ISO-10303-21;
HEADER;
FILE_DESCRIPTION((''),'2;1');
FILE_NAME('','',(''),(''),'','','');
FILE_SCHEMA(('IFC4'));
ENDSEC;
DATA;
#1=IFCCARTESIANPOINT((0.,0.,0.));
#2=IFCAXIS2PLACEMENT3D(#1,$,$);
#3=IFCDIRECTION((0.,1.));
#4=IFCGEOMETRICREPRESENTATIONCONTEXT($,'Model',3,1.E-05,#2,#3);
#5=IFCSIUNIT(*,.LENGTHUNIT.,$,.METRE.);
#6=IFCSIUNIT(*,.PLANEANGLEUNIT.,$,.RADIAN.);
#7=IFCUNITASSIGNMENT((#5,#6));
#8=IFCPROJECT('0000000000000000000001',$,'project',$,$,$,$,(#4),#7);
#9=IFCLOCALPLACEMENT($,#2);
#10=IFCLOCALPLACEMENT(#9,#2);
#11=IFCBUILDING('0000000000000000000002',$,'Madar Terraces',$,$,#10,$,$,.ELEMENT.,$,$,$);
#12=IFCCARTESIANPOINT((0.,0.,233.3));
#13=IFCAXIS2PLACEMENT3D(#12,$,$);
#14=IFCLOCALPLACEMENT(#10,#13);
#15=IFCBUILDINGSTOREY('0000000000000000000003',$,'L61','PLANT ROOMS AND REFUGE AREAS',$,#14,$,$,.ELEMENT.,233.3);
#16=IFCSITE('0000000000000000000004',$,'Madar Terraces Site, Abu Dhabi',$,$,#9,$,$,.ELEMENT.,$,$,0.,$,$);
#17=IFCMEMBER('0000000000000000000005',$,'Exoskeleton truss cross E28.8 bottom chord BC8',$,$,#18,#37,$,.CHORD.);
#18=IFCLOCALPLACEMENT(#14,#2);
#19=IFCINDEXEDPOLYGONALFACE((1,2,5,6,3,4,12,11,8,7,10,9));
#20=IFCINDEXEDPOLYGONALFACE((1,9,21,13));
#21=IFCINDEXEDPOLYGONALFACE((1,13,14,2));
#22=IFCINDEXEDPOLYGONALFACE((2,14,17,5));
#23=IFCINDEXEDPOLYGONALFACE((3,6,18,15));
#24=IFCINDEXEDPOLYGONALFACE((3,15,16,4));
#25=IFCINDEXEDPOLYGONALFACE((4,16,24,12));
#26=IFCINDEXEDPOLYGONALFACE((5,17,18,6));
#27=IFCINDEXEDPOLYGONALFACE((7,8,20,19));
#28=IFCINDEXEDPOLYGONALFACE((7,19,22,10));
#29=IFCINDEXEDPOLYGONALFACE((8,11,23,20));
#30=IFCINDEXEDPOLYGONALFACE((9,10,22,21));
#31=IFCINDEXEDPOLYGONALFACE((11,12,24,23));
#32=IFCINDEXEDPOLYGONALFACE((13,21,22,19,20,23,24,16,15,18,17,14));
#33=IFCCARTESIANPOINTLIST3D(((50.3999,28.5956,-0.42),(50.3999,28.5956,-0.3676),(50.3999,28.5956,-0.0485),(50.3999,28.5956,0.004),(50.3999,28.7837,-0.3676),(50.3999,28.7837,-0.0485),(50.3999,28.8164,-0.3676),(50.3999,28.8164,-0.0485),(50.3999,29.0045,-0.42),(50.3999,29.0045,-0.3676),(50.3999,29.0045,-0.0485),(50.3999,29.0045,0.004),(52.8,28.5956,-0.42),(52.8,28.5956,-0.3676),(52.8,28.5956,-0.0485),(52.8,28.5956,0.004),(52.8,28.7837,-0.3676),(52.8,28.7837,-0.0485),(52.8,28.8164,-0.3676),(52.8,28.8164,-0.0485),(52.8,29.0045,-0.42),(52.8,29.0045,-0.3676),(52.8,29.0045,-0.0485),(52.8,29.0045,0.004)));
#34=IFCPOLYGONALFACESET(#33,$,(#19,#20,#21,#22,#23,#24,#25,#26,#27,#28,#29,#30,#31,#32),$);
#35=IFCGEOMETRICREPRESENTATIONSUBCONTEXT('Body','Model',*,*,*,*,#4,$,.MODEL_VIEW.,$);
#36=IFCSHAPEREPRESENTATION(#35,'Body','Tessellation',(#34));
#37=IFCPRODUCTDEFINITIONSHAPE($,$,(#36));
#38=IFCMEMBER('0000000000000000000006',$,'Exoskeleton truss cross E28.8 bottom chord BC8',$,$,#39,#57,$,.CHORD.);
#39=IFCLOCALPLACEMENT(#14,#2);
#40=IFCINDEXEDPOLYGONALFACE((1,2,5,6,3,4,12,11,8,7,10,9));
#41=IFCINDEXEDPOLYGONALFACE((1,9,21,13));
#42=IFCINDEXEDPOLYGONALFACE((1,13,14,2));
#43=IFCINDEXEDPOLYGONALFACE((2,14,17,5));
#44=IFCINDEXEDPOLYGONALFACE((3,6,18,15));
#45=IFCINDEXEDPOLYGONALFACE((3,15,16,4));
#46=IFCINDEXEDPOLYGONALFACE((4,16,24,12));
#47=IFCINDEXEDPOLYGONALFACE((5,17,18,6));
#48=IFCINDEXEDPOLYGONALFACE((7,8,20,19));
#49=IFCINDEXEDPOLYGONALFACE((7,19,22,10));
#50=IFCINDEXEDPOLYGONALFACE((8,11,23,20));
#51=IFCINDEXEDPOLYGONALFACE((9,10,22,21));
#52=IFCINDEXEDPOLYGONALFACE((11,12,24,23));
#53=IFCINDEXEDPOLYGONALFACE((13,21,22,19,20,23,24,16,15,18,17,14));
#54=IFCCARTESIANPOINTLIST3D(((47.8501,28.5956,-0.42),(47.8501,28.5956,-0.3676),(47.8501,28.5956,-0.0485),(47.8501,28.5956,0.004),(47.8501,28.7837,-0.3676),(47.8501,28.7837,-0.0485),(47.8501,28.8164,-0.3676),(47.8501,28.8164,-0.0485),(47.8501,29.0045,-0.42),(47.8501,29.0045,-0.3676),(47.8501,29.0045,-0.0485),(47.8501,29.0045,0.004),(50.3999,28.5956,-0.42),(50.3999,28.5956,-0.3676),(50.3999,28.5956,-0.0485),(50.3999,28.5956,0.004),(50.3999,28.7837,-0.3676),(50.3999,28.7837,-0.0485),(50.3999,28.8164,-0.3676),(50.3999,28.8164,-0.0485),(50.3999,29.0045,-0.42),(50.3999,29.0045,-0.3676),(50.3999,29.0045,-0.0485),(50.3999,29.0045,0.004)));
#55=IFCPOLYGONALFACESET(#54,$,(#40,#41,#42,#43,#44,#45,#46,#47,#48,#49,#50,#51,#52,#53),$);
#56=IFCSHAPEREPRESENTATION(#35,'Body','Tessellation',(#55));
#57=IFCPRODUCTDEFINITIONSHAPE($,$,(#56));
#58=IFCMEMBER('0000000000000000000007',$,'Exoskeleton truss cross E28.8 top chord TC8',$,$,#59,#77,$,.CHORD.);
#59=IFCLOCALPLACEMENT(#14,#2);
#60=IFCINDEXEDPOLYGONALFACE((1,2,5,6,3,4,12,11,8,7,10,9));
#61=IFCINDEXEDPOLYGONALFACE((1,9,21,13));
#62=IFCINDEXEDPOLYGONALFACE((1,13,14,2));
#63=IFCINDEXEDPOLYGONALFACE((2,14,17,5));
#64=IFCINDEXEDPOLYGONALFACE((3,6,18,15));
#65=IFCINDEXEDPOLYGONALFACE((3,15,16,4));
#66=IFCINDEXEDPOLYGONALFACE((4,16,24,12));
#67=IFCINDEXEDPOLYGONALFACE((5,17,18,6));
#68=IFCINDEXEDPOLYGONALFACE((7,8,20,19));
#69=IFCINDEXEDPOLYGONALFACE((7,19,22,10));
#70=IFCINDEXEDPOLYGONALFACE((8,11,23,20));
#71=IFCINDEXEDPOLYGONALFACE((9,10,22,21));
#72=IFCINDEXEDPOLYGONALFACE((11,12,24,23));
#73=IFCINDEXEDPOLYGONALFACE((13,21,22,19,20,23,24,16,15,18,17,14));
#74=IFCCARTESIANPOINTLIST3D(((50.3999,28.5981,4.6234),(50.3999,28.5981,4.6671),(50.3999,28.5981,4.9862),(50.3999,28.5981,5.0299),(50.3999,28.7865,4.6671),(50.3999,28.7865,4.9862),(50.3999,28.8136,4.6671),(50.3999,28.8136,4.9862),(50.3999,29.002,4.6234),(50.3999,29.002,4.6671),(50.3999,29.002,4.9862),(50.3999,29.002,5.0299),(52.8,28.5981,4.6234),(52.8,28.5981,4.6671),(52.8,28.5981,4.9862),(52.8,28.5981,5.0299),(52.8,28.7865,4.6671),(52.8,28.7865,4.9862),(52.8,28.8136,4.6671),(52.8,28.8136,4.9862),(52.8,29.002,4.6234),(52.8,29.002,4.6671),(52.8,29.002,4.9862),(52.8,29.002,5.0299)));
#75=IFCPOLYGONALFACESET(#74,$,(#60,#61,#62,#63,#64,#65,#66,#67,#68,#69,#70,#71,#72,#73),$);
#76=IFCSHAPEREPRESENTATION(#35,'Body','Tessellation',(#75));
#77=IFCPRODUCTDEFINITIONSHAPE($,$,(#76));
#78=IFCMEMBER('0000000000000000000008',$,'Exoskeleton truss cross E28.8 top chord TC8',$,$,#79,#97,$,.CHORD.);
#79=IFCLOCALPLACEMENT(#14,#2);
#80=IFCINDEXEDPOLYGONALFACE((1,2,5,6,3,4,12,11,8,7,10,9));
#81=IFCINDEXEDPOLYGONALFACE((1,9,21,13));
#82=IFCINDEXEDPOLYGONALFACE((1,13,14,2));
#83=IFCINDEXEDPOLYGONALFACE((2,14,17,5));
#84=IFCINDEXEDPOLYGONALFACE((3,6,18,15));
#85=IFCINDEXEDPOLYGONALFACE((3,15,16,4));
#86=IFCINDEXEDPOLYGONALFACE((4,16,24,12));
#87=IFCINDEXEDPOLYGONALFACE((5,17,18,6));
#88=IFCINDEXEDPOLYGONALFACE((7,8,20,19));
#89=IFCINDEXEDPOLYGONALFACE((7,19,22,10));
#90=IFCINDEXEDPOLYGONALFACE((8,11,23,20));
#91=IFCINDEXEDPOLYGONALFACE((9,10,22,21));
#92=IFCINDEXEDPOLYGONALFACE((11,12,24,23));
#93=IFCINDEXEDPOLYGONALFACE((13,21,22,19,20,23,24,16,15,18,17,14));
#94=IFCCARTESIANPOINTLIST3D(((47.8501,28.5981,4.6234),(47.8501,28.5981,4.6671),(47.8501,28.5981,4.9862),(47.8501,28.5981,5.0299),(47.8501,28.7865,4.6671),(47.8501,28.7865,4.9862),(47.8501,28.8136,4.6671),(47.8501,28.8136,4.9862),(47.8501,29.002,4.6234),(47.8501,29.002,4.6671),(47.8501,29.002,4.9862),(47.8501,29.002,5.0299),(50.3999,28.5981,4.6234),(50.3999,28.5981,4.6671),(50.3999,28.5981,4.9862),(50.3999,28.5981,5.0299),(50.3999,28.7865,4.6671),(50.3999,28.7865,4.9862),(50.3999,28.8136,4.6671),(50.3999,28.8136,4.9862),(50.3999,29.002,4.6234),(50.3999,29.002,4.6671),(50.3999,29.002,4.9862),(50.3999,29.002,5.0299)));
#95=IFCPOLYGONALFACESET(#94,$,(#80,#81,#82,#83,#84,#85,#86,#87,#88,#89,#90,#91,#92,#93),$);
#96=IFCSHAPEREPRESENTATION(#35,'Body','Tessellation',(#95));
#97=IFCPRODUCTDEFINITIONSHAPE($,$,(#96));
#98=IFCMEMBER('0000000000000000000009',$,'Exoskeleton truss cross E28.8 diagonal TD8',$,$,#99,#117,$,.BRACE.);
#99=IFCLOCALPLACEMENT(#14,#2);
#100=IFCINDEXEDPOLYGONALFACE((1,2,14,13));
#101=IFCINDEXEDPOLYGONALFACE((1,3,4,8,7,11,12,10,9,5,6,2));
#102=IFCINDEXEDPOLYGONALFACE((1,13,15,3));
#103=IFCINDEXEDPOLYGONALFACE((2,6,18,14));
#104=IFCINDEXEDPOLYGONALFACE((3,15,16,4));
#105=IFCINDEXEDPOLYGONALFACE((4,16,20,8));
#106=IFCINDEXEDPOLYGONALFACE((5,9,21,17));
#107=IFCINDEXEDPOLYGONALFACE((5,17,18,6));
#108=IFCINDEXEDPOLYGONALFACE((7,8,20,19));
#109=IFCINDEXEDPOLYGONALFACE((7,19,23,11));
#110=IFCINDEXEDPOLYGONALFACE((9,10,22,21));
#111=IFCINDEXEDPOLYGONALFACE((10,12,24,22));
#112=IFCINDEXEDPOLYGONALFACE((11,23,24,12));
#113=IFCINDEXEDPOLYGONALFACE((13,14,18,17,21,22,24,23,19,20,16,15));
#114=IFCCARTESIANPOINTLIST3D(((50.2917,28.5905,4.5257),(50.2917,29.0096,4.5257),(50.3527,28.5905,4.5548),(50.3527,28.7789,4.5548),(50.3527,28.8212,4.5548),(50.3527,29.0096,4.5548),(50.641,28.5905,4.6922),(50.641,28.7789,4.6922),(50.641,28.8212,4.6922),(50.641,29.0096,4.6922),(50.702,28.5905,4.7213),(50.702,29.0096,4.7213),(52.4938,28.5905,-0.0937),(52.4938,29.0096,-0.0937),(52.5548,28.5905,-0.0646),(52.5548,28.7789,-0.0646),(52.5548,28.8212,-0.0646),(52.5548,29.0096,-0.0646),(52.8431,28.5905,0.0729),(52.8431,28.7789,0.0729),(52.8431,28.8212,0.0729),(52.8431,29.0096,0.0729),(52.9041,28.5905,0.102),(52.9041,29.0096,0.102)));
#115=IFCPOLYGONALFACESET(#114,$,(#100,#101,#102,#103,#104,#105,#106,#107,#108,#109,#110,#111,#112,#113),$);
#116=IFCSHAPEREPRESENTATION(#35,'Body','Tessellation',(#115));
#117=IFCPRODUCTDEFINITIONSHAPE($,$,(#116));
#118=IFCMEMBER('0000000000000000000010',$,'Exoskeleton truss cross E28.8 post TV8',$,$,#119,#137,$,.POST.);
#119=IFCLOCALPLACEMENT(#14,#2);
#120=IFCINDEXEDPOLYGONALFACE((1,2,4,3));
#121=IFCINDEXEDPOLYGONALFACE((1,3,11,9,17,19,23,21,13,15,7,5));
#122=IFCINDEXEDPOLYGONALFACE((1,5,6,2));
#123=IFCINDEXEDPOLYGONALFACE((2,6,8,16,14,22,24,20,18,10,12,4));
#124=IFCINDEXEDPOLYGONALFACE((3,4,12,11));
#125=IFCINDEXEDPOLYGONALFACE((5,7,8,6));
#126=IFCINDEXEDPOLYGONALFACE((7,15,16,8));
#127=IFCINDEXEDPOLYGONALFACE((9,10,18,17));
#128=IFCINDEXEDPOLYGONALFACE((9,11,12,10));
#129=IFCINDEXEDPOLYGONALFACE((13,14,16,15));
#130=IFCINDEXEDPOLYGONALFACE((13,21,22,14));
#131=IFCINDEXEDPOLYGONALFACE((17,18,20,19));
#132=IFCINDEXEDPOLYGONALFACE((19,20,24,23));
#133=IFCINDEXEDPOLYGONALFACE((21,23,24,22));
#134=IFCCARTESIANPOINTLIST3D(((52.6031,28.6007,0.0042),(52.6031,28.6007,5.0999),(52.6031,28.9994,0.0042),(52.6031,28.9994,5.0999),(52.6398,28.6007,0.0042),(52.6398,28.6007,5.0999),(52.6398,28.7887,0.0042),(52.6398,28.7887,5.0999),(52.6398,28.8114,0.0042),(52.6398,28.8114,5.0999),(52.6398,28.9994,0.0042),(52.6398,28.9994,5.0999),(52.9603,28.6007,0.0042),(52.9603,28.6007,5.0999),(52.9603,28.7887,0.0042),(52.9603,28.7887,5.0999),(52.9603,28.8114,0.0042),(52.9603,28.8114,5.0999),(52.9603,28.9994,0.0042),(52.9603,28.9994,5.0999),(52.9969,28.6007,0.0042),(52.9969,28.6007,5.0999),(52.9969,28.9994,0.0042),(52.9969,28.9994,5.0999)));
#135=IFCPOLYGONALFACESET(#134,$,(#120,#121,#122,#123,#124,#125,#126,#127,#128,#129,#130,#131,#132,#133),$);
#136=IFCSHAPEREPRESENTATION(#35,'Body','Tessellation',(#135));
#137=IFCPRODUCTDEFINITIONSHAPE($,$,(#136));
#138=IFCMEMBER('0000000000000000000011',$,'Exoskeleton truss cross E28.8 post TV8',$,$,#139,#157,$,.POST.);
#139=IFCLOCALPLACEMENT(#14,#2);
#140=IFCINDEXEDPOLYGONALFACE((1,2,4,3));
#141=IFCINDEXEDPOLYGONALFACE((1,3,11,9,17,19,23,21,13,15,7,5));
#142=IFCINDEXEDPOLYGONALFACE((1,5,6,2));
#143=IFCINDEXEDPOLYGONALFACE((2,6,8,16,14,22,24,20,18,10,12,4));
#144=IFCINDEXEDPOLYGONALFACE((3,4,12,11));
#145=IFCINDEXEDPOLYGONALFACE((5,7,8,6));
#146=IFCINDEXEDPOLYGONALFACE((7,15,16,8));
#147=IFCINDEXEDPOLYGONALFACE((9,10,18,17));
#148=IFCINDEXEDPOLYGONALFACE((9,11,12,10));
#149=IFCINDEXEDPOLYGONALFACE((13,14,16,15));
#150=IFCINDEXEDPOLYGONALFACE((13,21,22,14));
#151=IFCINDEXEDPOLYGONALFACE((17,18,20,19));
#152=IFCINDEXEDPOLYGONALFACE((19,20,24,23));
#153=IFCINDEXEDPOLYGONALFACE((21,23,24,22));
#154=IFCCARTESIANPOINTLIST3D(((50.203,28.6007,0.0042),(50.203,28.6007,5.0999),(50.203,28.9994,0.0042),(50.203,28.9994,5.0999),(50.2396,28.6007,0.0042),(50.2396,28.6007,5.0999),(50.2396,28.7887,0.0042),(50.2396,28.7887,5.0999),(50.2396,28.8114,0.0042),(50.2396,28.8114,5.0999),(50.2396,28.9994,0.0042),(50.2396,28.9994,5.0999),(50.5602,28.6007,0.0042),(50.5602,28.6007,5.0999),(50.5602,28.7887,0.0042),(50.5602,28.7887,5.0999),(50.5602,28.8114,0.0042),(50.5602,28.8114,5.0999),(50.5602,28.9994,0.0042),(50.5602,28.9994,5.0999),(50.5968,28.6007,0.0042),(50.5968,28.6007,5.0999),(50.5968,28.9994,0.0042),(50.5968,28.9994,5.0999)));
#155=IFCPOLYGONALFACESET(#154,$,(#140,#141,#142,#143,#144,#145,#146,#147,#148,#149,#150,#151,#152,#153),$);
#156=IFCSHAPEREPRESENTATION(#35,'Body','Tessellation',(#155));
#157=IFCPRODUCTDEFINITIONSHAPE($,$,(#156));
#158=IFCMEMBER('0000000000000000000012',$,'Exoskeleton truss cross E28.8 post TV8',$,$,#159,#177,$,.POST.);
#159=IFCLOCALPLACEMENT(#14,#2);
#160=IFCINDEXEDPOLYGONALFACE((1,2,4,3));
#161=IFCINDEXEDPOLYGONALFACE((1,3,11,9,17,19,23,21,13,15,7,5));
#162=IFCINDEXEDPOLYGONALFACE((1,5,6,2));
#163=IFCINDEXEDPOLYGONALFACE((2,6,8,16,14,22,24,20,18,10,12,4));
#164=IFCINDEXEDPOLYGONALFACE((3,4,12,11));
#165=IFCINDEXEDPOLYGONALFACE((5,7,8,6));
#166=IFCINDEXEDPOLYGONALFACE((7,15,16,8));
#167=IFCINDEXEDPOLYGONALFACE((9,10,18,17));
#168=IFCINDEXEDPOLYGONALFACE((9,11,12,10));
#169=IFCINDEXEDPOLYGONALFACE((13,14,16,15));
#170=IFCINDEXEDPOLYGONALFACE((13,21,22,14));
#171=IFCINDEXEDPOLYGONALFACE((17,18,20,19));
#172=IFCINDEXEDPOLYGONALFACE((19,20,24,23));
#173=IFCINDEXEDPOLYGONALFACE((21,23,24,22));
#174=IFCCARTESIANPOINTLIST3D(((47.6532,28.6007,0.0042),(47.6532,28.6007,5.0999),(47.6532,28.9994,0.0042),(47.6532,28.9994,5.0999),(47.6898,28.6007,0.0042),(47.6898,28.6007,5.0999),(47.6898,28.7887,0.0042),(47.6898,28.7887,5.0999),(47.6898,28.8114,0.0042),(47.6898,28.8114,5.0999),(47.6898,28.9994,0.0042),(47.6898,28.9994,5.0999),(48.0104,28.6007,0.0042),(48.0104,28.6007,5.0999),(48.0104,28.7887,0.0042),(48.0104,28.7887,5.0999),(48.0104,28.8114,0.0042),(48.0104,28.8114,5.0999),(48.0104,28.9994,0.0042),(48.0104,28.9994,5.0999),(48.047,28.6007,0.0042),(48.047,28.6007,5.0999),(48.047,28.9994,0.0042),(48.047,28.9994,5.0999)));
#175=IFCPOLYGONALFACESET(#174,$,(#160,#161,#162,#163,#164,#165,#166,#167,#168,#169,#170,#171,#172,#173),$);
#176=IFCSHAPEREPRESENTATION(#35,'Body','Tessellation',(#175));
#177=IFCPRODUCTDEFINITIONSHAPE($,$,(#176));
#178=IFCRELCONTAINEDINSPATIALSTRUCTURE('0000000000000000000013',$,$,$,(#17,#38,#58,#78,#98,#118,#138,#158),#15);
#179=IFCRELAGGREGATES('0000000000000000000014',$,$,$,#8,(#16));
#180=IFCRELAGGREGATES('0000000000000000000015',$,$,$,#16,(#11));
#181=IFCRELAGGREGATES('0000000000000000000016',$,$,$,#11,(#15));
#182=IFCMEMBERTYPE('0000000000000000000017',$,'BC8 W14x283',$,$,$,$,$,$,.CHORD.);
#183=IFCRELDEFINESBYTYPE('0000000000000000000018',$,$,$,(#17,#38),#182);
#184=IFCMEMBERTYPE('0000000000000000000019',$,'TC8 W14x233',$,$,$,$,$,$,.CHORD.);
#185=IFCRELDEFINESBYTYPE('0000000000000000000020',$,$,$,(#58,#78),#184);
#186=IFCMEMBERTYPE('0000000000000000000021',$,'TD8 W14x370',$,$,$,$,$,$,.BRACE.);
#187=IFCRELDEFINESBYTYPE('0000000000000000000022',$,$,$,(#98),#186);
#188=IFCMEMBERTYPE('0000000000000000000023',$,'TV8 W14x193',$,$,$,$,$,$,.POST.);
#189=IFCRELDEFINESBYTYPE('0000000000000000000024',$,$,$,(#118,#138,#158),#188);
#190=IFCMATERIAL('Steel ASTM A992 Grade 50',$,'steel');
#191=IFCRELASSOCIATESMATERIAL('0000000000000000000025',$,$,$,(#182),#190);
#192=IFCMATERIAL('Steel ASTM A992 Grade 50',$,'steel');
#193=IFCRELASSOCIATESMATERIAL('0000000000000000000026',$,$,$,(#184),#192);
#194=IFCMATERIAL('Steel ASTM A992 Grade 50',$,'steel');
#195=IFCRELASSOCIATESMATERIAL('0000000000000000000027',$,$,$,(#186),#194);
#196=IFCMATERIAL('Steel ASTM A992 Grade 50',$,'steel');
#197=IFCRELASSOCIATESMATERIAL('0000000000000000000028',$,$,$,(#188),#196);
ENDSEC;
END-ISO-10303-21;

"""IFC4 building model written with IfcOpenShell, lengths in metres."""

from ifc_helpers import new_model, si_unit, direction, frame, origin, origin_2d, place, context, subcontext, project, spatial, i_section, extrude, material, material_profile, profile_set, type_object, element, save


model = new_model("IFC4")

# Units and contexts
model_context = context("Model", 3, precision=1e-05, world=origin(), true_north=direction((0.0, 1.0)))
body_context = subcontext(model_context, "Body", "Model", "MODEL_VIEW")
ifc_project = project(units=[si_unit("LENGTHUNIT", "METRE"), si_unit("PLANEANGLEUNIT", "RADIAN")], contexts=[model_context])

# Site, building, storey
site_placement = place(None, origin())
site = spatial("IfcSite", under=ifc_project, at=site_placement, Name="Madar Terraces Site, Abu Dhabi", CompositionType="ELEMENT", RefElevation=0.0)
building_placement = place(site_placement, origin())
building = spatial("IfcBuilding", under=site, at=building_placement, Name="Madar Terraces", CompositionType="ELEMENT")
storey_placement = place(building_placement, frame((0.0, 0.0, 233.3)))
storey = spatial("IfcBuildingStorey", under=building, at=storey_placement, Name="L61", Description="PLANT ROOMS AND REFUGE AREAS", CompositionType="ELEMENT", Elevation=233.3)

# Members
ifc_material_1 = material(Name="Steel ASTM A992 Grade 50", Category="steel")
ifc_material_profile_1 = material_profile(ifc_material_1, i_section(OverallWidth=0.4089, OverallDepth=0.4241, WebThickness=0.0327, FlangeThickness=0.0525, at=origin_2d()), Name="W14x283")
ifc_profile_set_1 = profile_set([ifc_material_profile_1], Name="Steel ASTM A992 Grade 50")
member_type_1 = type_object("IfcMemberType", Name="BC8 W14x283", PredefinedType="CHORD", material=ifc_profile_set_1)
member_1_placement = place(storey_placement, frame((52.8, 28.8, -0.208), z_axis=(-1.0, 0.0, 0.0), x_axis=(0.0, -1.0, 0.0)))
element("IfcMember", 1, at=member_1_placement, inside=storey, type_object=member_type_1, Name="Exoskeleton truss cross E28.8 bottom chord BC8", PredefinedType="CHORD", context=body_context, shape_type="SweptSolid", body=[
    extrude(i_section(OverallWidth=0.4089, OverallDepth=0.4241, WebThickness=0.0327, FlangeThickness=0.0525, at=origin_2d()), origin(), (0.0, 0.0, 1.0), 2.4001),
])
member_2_placement = place(storey_placement, frame((50.3999, 28.8, -0.208), z_axis=(-1.0, 0.0, 0.0), x_axis=(0.0, -1.0, 0.0)))
element("IfcMember", 2, at=member_2_placement, inside=storey, type_object=member_type_1, Name="Exoskeleton truss cross E28.8 bottom chord BC8", PredefinedType="CHORD", context=body_context, shape_type="SweptSolid", body=[
    extrude(i_section(OverallWidth=0.4089, OverallDepth=0.4241, WebThickness=0.0327, FlangeThickness=0.0525, at=origin_2d()), origin(), (0.0, 0.0, 1.0), 2.5498),
])
ifc_material_2 = material(Name="Steel ASTM A992 Grade 50", Category="steel")
ifc_material_profile_2 = material_profile(ifc_material_2, i_section(OverallWidth=0.4038, OverallDepth=0.4065, WebThickness=0.0271, FlangeThickness=0.0437, at=origin_2d()), Name="W14x233")
ifc_profile_set_2 = profile_set([ifc_material_profile_2], Name="Steel ASTM A992 Grade 50")
member_type_2 = type_object("IfcMemberType", Name="TC8 W14x233", PredefinedType="CHORD", material=ifc_profile_set_2)
member_3_placement = place(storey_placement, frame((52.8, 28.8, 4.8267), z_axis=(-1.0, 0.0, 0.0), x_axis=(0.0, -1.0, 0.0)))
element("IfcMember", 3, at=member_3_placement, inside=storey, type_object=member_type_2, Name="Exoskeleton truss cross E28.8 top chord TC8", PredefinedType="CHORD", context=body_context, shape_type="SweptSolid", body=[
    extrude(i_section(OverallWidth=0.4038, OverallDepth=0.4065, WebThickness=0.0271, FlangeThickness=0.0437, at=origin_2d()), origin(), (0.0, 0.0, 1.0), 2.4001),
])
member_4_placement = place(storey_placement, frame((50.3999, 28.8, 4.8267), z_axis=(-1.0, 0.0, 0.0), x_axis=(0.0, -1.0, 0.0)))
element("IfcMember", 4, at=member_4_placement, inside=storey, type_object=member_type_2, Name="Exoskeleton truss cross E28.8 top chord TC8", PredefinedType="CHORD", context=body_context, shape_type="SweptSolid", body=[
    extrude(i_section(OverallWidth=0.4038, OverallDepth=0.4065, WebThickness=0.0271, FlangeThickness=0.0437, at=origin_2d()), origin(), (0.0, 0.0, 1.0), 2.5498),
])
ifc_material_3 = material(Name="Steel ASTM A992 Grade 50", Category="steel")
ifc_material_profile_3 = material_profile(ifc_material_3, i_section(OverallWidth=0.4192, OverallDepth=0.4546, WebThickness=0.0422, FlangeThickness=0.0676, at=origin_2d()), Name="W14x370")
ifc_profile_set_3 = profile_set([ifc_material_profile_3], Name="Steel ASTM A992 Grade 50")
member_type_3 = type_object("IfcMemberType", Name="TD8 W14x370", PredefinedType="BRACE", material=ifc_profile_set_3)
member_5_placement = place(storey_placement, frame((52.699, 28.8, 0.0042), z_axis=(-0.430322, 0.0, 0.902675), x_axis=(0.0, -1.0, 0.0)))
element("IfcMember", 5, at=member_5_placement, inside=storey, type_object=member_type_3, Name="Exoskeleton truss cross E28.8 diagonal TD8", PredefinedType="BRACE", context=body_context, shape_type="SweptSolid", body=[
    extrude(i_section(OverallWidth=0.4192, OverallDepth=0.4546, WebThickness=0.0422, FlangeThickness=0.0676, at=origin_2d()), origin(), (0.0, 0.0, 1.0), 5.1174),
])
ifc_material_4 = material(Name="Steel ASTM A992 Grade 50", Category="steel")
ifc_material_profile_4 = material_profile(ifc_material_4, i_section(OverallWidth=0.3987, OverallDepth=0.3938, WebThickness=0.0227, FlangeThickness=0.0366, at=origin_2d()), Name="W14x193")
ifc_profile_set_4 = profile_set([ifc_material_profile_4], Name="Steel ASTM A992 Grade 50")
member_type_4 = type_object("IfcMemberType", Name="TV8 W14x193", PredefinedType="POST", material=ifc_profile_set_4)
for number, where, z_axis, x_axis, name in (
    (6, (52.8, 28.8, 0.0042), (0.0, 0.0, 1.0), (0.0, 1.0, 0.0), "Exoskeleton truss cross E28.8 post TV8"),
    (7, (50.3999, 28.8, 0.0042), (0.0, 0.0, 1.0), (0.0, 1.0, 0.0), "Exoskeleton truss cross E28.8 post TV8"),
    (8, (47.8501, 28.8, 0.0042), (0.0, 0.0, 1.0), (0.0, 1.0, 0.0), "Exoskeleton truss cross E28.8 post TV8"),
):
    element("IfcMember", number, at=place(storey_placement, frame(where, z_axis=z_axis, x_axis=x_axis)), inside=storey, type_object=member_type_4, Name=name, PredefinedType="POST", context=body_context, shape_type="SweptSolid", body=[
        extrude(i_section(OverallWidth=0.3987, OverallDepth=0.3938, WebThickness=0.0227, FlangeThickness=0.0366, at=origin_2d()), origin(), (0.0, 0.0, 1.0), 5.0957),
    ])

save(model, "model.ifc")
